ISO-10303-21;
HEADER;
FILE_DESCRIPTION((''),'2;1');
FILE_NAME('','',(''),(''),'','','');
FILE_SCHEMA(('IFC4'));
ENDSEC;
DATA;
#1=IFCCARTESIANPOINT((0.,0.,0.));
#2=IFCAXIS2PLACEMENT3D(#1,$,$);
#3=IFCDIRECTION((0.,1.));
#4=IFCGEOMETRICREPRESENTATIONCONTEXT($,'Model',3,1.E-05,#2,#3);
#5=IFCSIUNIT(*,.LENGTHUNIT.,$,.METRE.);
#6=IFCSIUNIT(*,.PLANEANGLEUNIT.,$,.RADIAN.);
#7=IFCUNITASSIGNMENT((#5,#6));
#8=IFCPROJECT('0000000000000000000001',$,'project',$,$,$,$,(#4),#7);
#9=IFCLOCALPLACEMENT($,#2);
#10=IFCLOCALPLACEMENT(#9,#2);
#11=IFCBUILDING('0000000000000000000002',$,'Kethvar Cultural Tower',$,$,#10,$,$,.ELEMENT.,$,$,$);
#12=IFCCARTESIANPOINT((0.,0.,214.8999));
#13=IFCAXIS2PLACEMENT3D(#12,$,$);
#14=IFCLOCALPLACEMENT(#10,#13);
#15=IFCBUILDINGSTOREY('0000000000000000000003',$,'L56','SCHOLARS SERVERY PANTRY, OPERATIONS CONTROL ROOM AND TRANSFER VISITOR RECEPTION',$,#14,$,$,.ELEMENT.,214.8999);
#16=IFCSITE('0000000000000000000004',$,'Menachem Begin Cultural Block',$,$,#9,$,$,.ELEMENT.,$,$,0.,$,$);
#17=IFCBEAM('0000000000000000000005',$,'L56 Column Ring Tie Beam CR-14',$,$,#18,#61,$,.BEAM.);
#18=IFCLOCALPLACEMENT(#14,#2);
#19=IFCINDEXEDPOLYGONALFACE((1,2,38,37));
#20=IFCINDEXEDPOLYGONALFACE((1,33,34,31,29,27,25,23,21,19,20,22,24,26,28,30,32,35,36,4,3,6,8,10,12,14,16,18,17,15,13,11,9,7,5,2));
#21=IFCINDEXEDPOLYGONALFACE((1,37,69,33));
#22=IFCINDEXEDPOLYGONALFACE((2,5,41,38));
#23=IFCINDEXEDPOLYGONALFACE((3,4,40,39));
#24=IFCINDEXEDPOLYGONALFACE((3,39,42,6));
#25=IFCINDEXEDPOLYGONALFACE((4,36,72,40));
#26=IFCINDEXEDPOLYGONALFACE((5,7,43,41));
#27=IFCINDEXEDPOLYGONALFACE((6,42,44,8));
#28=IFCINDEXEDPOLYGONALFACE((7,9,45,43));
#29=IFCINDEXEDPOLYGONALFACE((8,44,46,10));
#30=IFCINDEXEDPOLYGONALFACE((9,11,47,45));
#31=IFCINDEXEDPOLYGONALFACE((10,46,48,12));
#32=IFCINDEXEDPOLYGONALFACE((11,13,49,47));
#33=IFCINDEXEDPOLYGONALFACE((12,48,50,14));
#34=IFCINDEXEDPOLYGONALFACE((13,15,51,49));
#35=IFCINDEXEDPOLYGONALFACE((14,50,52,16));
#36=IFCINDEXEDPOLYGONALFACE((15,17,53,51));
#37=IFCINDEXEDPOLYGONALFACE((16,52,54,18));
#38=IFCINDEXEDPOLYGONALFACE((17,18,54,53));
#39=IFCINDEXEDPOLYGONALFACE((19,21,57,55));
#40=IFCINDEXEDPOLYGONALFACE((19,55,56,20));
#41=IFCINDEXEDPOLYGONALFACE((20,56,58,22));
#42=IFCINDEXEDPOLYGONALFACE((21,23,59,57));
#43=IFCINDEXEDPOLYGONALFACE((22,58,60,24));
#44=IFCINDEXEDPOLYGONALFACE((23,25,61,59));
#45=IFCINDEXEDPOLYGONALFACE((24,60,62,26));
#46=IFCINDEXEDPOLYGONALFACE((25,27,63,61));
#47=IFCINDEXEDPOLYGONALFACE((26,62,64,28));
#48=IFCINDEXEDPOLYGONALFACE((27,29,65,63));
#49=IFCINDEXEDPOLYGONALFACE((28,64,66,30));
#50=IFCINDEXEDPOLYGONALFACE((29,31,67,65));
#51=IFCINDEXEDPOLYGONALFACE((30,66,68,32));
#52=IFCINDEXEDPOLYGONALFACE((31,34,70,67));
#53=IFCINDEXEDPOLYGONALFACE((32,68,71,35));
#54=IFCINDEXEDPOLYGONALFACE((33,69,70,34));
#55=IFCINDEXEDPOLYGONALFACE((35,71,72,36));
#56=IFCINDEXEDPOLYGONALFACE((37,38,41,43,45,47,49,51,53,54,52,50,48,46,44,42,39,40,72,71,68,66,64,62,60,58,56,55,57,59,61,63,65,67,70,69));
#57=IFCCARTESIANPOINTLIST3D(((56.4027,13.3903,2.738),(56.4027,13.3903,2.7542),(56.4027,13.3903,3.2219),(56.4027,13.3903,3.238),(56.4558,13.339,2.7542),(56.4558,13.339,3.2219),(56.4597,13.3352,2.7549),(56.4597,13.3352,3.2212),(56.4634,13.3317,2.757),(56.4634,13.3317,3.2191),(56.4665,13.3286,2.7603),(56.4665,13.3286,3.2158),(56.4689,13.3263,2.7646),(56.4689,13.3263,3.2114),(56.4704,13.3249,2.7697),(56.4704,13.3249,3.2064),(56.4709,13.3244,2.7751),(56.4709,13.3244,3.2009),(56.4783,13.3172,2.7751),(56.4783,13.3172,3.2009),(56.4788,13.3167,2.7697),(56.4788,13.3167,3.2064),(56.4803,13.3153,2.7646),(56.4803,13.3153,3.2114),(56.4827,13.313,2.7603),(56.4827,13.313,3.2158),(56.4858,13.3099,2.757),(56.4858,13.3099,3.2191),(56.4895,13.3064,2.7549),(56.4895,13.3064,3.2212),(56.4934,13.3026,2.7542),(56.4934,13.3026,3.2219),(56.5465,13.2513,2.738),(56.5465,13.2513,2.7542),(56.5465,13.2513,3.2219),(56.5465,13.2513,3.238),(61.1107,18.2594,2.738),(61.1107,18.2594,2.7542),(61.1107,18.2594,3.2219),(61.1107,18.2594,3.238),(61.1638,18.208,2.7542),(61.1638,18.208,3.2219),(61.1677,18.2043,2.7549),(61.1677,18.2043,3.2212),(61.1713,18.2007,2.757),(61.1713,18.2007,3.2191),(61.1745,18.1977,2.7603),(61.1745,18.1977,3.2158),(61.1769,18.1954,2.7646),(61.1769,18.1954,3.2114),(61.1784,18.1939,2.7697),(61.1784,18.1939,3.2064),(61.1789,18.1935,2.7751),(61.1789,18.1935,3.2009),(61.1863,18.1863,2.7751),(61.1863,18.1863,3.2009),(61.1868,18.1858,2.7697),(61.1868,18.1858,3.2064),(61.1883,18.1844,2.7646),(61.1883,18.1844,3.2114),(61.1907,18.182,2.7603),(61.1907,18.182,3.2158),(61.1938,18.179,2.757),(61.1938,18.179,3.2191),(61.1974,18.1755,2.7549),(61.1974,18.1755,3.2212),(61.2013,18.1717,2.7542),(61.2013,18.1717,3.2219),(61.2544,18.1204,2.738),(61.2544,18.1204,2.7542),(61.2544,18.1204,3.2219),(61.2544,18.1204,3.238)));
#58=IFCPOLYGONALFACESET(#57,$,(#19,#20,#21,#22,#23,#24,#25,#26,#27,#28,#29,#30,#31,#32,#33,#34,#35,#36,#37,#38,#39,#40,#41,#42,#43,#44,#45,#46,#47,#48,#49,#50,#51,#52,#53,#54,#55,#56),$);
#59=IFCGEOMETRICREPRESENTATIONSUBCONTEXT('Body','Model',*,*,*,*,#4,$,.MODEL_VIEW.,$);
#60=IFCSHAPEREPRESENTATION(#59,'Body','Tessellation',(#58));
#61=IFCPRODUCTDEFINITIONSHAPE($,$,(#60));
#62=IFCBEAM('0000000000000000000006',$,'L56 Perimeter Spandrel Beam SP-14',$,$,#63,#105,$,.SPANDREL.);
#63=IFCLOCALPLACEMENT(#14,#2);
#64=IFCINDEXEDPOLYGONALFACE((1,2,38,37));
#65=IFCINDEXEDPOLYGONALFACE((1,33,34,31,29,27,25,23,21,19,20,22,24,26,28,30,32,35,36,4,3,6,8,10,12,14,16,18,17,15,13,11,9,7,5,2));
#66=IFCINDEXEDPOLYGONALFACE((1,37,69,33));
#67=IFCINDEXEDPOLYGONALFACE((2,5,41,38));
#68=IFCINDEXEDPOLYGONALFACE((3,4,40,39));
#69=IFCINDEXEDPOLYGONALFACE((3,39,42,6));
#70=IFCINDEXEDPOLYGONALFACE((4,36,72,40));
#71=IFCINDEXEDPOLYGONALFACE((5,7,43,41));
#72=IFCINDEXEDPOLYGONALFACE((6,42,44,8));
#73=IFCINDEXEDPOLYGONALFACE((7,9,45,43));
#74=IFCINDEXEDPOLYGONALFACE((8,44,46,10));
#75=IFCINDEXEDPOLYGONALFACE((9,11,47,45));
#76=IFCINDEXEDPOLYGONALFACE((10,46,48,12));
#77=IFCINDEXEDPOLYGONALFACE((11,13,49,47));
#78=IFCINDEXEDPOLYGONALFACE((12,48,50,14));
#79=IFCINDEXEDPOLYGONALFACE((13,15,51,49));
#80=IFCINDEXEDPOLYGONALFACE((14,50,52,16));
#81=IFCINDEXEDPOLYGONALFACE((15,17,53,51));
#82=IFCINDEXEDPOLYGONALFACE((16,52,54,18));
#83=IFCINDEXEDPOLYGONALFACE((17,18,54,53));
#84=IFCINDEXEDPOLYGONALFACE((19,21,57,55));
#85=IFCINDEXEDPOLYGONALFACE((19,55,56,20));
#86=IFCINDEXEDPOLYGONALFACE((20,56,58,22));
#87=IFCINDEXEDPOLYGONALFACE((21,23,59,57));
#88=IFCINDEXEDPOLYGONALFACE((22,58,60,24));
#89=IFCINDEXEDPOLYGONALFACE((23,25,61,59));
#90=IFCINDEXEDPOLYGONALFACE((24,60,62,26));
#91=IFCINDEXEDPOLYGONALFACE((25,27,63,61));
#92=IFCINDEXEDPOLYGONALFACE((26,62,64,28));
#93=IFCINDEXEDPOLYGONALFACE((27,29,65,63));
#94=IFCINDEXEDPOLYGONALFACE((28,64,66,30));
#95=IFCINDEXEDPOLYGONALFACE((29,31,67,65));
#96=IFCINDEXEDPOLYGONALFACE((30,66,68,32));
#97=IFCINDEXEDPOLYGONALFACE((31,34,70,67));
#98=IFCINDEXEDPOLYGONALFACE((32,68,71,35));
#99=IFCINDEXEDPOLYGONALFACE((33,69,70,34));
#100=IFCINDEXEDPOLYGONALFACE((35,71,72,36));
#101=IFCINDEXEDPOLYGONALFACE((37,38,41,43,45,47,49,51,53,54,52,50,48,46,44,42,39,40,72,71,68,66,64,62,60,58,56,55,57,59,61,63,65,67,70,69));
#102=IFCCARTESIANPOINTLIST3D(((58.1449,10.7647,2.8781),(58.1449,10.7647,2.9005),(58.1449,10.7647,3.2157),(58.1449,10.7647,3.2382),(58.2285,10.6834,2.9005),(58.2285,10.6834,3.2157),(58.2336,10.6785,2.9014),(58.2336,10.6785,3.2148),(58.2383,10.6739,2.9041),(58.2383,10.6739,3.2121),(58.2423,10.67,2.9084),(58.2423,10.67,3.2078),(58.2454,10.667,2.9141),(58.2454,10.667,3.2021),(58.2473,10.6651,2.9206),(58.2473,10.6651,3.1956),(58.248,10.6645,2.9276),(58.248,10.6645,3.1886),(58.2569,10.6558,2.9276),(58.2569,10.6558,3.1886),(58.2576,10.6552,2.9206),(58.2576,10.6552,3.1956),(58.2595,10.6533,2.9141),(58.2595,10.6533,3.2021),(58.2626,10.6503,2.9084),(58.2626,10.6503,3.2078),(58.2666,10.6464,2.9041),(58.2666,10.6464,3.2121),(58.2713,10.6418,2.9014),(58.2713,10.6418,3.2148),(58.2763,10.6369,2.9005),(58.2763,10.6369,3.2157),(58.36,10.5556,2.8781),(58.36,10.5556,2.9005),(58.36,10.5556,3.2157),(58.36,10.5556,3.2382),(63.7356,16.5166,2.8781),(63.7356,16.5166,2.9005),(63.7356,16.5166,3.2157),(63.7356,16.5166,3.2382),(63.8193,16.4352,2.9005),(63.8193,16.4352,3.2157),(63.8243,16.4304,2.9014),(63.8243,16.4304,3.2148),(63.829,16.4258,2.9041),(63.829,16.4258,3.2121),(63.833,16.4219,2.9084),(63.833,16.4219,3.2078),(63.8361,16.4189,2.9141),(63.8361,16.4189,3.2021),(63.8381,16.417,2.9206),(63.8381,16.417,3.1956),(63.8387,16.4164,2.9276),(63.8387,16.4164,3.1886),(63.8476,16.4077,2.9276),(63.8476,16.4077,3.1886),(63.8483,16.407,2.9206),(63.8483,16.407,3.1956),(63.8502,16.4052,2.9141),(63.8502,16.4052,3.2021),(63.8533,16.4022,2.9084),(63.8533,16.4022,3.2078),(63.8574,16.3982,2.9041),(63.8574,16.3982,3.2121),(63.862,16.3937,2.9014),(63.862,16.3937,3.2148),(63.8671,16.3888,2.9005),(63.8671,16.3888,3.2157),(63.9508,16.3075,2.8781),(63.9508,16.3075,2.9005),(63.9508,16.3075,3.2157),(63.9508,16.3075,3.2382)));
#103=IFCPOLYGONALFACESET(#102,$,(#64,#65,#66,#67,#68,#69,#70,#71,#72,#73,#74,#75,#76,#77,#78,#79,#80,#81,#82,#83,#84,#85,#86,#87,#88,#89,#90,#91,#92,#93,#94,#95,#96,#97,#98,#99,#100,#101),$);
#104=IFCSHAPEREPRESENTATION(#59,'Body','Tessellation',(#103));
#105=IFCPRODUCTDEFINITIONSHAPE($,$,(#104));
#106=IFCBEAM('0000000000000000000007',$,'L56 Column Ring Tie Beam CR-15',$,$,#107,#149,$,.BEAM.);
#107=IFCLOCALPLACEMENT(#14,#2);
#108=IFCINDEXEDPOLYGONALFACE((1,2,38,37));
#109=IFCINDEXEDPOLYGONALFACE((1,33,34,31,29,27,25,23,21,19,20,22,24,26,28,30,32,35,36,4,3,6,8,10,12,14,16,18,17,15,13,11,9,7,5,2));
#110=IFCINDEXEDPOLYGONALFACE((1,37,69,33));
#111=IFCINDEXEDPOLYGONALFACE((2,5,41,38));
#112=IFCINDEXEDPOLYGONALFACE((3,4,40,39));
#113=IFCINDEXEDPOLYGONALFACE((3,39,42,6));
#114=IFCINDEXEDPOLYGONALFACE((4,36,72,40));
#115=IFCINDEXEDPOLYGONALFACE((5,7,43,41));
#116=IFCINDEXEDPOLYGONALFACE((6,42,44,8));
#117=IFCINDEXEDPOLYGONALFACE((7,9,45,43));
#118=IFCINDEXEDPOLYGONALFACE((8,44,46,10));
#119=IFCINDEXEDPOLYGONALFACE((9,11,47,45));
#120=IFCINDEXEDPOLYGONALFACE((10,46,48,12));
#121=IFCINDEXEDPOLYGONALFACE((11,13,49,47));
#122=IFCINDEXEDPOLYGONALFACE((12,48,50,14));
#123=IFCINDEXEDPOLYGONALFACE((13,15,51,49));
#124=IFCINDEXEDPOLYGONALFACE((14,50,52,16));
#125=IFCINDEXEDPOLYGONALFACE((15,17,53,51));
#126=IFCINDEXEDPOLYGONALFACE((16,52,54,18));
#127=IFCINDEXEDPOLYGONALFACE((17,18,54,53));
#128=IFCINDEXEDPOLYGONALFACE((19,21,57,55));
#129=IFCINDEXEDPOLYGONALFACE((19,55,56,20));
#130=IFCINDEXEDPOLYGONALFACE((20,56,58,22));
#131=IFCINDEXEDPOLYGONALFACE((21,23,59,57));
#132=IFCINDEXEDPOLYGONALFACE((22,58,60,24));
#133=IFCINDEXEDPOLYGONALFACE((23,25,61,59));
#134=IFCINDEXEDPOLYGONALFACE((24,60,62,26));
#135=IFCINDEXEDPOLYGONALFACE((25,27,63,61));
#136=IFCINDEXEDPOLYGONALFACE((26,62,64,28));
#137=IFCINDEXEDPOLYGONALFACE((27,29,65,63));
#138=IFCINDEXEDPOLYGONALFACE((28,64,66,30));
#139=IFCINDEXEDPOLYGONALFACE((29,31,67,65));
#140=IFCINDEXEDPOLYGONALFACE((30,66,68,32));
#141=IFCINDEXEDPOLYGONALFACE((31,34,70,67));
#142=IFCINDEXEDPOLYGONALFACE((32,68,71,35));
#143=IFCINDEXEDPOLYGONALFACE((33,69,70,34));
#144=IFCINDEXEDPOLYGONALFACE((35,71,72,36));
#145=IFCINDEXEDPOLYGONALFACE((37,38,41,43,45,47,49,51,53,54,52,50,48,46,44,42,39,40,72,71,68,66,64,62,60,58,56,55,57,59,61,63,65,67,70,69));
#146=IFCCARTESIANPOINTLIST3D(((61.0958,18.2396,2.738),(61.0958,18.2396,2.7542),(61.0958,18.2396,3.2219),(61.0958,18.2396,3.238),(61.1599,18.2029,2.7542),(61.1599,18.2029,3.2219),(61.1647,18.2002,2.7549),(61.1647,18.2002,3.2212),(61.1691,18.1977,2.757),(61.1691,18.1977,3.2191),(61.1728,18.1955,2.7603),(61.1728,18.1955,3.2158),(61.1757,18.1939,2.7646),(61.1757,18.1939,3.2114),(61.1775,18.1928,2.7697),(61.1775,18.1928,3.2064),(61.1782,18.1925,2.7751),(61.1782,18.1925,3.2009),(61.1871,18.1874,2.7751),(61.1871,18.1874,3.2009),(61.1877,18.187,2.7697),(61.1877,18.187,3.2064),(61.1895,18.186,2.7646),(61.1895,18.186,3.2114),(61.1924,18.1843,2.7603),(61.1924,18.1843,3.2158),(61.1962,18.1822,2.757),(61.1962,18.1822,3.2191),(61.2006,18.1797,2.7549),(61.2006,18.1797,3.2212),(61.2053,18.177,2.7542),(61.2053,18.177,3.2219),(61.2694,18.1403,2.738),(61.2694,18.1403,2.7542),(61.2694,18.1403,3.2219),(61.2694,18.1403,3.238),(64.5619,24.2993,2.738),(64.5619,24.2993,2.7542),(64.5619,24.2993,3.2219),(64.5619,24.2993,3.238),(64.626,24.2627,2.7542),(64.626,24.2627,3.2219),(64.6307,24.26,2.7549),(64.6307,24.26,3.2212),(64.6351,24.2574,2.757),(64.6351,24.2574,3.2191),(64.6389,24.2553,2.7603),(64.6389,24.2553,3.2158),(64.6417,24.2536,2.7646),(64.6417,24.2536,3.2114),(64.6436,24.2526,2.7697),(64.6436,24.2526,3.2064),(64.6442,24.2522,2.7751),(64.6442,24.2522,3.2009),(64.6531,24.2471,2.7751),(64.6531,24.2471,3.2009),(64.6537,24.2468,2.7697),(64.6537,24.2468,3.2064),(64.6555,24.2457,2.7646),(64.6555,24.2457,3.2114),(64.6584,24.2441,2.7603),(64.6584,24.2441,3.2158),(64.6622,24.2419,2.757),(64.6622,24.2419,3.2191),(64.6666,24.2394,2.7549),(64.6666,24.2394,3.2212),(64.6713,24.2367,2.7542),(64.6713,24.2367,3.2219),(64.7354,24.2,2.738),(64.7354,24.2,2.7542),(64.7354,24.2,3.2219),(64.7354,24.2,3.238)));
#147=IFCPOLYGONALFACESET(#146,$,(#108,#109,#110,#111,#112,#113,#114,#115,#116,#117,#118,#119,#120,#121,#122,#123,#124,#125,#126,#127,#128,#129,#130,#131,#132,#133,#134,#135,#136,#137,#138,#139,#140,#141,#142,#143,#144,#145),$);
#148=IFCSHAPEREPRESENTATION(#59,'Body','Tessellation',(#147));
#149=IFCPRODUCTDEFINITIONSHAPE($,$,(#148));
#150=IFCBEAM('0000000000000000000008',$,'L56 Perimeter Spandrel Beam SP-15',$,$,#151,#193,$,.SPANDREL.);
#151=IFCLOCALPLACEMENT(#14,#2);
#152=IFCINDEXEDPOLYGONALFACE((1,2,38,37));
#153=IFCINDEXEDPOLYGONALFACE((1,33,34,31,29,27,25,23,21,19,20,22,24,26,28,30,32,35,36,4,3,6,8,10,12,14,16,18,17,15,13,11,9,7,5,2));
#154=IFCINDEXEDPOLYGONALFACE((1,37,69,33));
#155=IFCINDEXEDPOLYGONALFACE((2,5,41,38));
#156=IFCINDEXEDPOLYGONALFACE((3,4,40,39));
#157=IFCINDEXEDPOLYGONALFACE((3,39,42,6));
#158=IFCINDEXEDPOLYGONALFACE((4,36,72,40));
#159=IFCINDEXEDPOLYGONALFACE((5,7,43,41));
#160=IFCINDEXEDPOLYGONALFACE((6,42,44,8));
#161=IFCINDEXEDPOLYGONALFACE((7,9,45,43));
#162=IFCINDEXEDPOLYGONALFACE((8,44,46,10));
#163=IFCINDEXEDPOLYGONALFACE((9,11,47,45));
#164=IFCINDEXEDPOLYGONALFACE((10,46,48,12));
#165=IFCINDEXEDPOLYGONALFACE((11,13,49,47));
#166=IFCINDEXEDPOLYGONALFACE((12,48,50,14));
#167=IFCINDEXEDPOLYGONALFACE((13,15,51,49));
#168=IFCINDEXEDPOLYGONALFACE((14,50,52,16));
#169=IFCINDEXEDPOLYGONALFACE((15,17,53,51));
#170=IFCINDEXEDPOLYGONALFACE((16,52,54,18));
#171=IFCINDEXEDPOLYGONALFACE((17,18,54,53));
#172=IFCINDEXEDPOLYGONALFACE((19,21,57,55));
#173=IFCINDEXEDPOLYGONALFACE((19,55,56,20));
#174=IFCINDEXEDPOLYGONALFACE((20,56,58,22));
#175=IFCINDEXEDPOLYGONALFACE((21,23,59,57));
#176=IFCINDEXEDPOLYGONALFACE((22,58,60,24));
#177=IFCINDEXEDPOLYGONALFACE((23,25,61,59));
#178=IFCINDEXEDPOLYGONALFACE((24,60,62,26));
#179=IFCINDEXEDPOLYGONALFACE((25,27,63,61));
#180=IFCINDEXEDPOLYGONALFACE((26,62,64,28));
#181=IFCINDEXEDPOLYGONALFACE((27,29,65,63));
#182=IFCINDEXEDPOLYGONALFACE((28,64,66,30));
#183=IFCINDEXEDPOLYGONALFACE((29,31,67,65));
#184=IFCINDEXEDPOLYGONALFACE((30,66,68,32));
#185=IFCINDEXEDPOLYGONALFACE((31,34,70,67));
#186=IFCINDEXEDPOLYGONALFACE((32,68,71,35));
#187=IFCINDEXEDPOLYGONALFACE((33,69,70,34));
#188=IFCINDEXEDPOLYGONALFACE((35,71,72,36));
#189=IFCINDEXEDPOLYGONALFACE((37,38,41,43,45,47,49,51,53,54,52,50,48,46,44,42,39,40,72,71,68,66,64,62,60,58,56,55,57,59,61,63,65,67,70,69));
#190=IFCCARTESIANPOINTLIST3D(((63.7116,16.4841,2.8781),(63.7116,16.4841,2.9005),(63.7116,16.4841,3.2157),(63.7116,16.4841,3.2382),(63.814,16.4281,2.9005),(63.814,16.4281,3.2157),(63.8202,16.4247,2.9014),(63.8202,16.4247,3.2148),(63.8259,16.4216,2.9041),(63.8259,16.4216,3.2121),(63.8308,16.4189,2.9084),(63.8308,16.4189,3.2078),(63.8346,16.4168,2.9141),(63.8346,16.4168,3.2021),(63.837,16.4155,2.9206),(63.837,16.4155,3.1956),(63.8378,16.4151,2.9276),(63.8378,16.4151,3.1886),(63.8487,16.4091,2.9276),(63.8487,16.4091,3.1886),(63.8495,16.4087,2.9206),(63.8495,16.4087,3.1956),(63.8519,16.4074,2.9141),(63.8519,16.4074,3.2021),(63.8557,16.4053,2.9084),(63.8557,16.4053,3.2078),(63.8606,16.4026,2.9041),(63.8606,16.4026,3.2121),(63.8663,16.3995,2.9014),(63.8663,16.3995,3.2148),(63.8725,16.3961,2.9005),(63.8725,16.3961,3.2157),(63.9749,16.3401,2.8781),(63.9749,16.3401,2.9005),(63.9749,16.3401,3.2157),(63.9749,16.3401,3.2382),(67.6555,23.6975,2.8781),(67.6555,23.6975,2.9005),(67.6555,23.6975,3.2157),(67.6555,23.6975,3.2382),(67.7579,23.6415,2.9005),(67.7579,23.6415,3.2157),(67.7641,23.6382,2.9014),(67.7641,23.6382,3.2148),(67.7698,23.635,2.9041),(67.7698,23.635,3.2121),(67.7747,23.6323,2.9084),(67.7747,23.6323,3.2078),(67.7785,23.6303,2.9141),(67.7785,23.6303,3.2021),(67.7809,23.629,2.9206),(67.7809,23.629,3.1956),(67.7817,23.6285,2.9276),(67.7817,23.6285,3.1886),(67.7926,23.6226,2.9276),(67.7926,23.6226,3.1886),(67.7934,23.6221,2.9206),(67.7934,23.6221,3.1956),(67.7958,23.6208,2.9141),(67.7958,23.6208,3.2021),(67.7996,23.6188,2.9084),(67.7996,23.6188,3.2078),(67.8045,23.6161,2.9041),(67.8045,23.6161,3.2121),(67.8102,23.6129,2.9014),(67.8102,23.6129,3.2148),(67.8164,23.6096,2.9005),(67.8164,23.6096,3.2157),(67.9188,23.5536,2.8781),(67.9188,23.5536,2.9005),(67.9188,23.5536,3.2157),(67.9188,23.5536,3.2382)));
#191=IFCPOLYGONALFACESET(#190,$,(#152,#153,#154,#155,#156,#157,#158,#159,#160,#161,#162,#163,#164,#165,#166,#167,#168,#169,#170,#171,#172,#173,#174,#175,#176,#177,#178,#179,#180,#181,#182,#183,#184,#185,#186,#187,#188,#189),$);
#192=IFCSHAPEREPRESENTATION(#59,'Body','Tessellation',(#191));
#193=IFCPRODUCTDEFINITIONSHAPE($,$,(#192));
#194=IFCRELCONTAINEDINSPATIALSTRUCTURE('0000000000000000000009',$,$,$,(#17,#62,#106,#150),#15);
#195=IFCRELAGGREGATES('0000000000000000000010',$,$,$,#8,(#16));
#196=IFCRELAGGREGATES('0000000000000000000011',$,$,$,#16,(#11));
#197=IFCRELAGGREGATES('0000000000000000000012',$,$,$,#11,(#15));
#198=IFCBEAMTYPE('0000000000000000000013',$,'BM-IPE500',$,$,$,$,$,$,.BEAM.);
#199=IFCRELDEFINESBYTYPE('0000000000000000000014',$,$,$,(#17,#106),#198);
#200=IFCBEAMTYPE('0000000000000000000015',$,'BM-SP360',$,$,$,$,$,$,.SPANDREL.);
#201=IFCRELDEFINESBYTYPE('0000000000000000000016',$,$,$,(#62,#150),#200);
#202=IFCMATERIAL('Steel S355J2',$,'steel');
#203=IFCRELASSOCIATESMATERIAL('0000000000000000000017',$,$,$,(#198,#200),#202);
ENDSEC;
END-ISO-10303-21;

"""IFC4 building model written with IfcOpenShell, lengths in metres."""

from ifc_helpers import new_model, si_unit, direction, frame, origin, origin_2d, place, context, subcontext, project, spatial, i_section, extrude, source, transform, mapped, material, material_profile, profile_set, type_object, element, save


model = new_model("IFC4")

# Units and contexts
model_context = context("Model", 3, precision=1e-05, world=origin(), true_north=direction((0.0, 1.0)))
body_context = subcontext(model_context, "Body", "Model", "MODEL_VIEW")
ifc_project = project(units=[si_unit("LENGTHUNIT", "METRE"), si_unit("PLANEANGLEUNIT", "RADIAN")], contexts=[model_context])

# Site, building, storey
site_placement = place(None, origin())
site = spatial("IfcSite", under=ifc_project, at=site_placement, Name="Menachem Begin Cultural Block", CompositionType="ELEMENT", RefElevation=0.0)
building_placement = place(site_placement, origin())
building = spatial("IfcBuilding", under=site, at=building_placement, Name="Kethvar Cultural Tower", CompositionType="ELEMENT")
storey_placement = place(building_placement, frame((0.0, 0.0, 214.8999)))
storey = spatial("IfcBuildingStorey", under=building, at=storey_placement, Name="L56", Description="SCHOLARS SERVERY PANTRY, OPERATIONS CONTROL ROOM AND TRANSFER VISITOR RECEPTION", CompositionType="ELEMENT", Elevation=214.8999)

# Beams
ifc_material_1 = material(Name="Steel S355J2", Category="steel")
ifc_material_profile_1 = material_profile(ifc_material_1, i_section(OverallWidth=0.2, OverallDepth=0.5, WebThickness=0.0103, FlangeThickness=0.0161, FilletRadius=0.021, at=origin_2d()), Name="Steel S355J2 — IPE500")
ifc_profile_set_1 = profile_set([ifc_material_profile_1], Name="Steel S355J2 — IPE500")
beam_type_1 = type_object("IfcBeamType", Name="BM-IPE500", PredefinedType="BEAM", material=ifc_profile_set_1)
shared_shape_1 = source(origin(), body_context, "Body", "SweptSolid", [
    extrude(i_section(OverallWidth=0.2, OverallDepth=0.5, WebThickness=0.0103, FlangeThickness=0.0161, FilletRadius=0.021, at=origin_2d()), origin(), (0.0, 0.0, 1.0), 6.7729),
])
beam_1_placement = place(storey_placement, frame((56.4746, 13.3208, 2.988), z_axis=(0.695112, 0.718902, 0.0), x_axis=(-0.718902, 0.695112, 0.0)))
element("IfcBeam", 1, at=beam_1_placement, inside=storey, type_object=beam_type_1, Name="L56 Column Ring Tie Beam CR-14", PredefinedType="BEAM", context=body_context, shape_type="MappedRepresentation", body=[
    mapped(shared_shape_1, transform((0.0, 0.0, 0.0), scale=1.0)),
])
ifc_material_profile_2 = material_profile(ifc_material_1, i_section(OverallWidth=0.3, OverallDepth=0.3601, WebThickness=0.0125, FlangeThickness=0.0225, FilletRadius=0.0271, at=origin_2d()), Name="Steel S355J2 — HEB360")
ifc_profile_set_2 = profile_set([ifc_material_profile_2], Name="Steel S355J2 — HEB360")
beam_type_2 = type_object("IfcBeamType", Name="BM-SP360", PredefinedType="SPANDREL", material=ifc_profile_set_2)
shared_shape_2 = source(origin(), body_context, "Body", "SweptSolid", [
    extrude(i_section(OverallWidth=0.3, OverallDepth=0.3601, WebThickness=0.0125, FlangeThickness=0.0225, FilletRadius=0.0271, at=origin_2d()), origin(), (0.0, 0.0, 1.0), 8.0212),
])
beam_2_placement = place(storey_placement, frame((58.2524, 10.6602, 3.0581), z_axis=(0.696991, 0.717079, 0.0), x_axis=(-0.717079, 0.696991, 0.0)))
element("IfcBeam", 2, at=beam_2_placement, inside=storey, type_object=beam_type_2, Name="L56 Perimeter Spandrel Beam SP-14", PredefinedType="SPANDREL", context=body_context, shape_type="MappedRepresentation", body=[
    mapped(shared_shape_2, transform((0.0, 0.0, 0.0), scale=1.0)),
])
shared_shape_3 = source(origin(), body_context, "Body", "SweptSolid", [
    extrude(i_section(OverallWidth=0.2, OverallDepth=0.5, WebThickness=0.0103, FlangeThickness=0.0161, FilletRadius=0.021, at=origin_2d()), origin(), (0.0, 0.0, 1.0), 6.981),
])
beam_3_placement = place(storey_placement, frame((61.1826, 18.1899, 2.988), z_axis=(0.496497, 0.868039, 0.0), x_axis=(-0.868039, 0.496497, 0.0)))
element("IfcBeam", 3, at=beam_3_placement, inside=storey, type_object=beam_type_1, Name="L56 Column Ring Tie Beam CR-15", PredefinedType="BEAM", context=body_context, shape_type="MappedRepresentation", body=[
    mapped(shared_shape_3, transform((0.0, 0.0, 0.0), scale=1.0)),
])
shared_shape_4 = source(origin(), body_context, "Body", "SweptSolid", [
    extrude(i_section(OverallWidth=0.3, OverallDepth=0.3601, WebThickness=0.0125, FlangeThickness=0.0225, FilletRadius=0.0271, at=origin_2d()), origin(), (0.0, 0.0, 1.0), 8.2212),
])
beam_4_placement = place(storey_placement, frame((63.8433, 16.4121, 3.0581), z_axis=(0.479722, 0.877421, 0.0), x_axis=(-0.877421, 0.479722, 0.0)))
element("IfcBeam", 4, at=beam_4_placement, inside=storey, type_object=beam_type_2, Name="L56 Perimeter Spandrel Beam SP-15", PredefinedType="SPANDREL", context=body_context, shape_type="MappedRepresentation", body=[
    mapped(shared_shape_4, transform((0.0, 0.0, 0.0), scale=1.0)),
])

save(model, "model.ifc")
